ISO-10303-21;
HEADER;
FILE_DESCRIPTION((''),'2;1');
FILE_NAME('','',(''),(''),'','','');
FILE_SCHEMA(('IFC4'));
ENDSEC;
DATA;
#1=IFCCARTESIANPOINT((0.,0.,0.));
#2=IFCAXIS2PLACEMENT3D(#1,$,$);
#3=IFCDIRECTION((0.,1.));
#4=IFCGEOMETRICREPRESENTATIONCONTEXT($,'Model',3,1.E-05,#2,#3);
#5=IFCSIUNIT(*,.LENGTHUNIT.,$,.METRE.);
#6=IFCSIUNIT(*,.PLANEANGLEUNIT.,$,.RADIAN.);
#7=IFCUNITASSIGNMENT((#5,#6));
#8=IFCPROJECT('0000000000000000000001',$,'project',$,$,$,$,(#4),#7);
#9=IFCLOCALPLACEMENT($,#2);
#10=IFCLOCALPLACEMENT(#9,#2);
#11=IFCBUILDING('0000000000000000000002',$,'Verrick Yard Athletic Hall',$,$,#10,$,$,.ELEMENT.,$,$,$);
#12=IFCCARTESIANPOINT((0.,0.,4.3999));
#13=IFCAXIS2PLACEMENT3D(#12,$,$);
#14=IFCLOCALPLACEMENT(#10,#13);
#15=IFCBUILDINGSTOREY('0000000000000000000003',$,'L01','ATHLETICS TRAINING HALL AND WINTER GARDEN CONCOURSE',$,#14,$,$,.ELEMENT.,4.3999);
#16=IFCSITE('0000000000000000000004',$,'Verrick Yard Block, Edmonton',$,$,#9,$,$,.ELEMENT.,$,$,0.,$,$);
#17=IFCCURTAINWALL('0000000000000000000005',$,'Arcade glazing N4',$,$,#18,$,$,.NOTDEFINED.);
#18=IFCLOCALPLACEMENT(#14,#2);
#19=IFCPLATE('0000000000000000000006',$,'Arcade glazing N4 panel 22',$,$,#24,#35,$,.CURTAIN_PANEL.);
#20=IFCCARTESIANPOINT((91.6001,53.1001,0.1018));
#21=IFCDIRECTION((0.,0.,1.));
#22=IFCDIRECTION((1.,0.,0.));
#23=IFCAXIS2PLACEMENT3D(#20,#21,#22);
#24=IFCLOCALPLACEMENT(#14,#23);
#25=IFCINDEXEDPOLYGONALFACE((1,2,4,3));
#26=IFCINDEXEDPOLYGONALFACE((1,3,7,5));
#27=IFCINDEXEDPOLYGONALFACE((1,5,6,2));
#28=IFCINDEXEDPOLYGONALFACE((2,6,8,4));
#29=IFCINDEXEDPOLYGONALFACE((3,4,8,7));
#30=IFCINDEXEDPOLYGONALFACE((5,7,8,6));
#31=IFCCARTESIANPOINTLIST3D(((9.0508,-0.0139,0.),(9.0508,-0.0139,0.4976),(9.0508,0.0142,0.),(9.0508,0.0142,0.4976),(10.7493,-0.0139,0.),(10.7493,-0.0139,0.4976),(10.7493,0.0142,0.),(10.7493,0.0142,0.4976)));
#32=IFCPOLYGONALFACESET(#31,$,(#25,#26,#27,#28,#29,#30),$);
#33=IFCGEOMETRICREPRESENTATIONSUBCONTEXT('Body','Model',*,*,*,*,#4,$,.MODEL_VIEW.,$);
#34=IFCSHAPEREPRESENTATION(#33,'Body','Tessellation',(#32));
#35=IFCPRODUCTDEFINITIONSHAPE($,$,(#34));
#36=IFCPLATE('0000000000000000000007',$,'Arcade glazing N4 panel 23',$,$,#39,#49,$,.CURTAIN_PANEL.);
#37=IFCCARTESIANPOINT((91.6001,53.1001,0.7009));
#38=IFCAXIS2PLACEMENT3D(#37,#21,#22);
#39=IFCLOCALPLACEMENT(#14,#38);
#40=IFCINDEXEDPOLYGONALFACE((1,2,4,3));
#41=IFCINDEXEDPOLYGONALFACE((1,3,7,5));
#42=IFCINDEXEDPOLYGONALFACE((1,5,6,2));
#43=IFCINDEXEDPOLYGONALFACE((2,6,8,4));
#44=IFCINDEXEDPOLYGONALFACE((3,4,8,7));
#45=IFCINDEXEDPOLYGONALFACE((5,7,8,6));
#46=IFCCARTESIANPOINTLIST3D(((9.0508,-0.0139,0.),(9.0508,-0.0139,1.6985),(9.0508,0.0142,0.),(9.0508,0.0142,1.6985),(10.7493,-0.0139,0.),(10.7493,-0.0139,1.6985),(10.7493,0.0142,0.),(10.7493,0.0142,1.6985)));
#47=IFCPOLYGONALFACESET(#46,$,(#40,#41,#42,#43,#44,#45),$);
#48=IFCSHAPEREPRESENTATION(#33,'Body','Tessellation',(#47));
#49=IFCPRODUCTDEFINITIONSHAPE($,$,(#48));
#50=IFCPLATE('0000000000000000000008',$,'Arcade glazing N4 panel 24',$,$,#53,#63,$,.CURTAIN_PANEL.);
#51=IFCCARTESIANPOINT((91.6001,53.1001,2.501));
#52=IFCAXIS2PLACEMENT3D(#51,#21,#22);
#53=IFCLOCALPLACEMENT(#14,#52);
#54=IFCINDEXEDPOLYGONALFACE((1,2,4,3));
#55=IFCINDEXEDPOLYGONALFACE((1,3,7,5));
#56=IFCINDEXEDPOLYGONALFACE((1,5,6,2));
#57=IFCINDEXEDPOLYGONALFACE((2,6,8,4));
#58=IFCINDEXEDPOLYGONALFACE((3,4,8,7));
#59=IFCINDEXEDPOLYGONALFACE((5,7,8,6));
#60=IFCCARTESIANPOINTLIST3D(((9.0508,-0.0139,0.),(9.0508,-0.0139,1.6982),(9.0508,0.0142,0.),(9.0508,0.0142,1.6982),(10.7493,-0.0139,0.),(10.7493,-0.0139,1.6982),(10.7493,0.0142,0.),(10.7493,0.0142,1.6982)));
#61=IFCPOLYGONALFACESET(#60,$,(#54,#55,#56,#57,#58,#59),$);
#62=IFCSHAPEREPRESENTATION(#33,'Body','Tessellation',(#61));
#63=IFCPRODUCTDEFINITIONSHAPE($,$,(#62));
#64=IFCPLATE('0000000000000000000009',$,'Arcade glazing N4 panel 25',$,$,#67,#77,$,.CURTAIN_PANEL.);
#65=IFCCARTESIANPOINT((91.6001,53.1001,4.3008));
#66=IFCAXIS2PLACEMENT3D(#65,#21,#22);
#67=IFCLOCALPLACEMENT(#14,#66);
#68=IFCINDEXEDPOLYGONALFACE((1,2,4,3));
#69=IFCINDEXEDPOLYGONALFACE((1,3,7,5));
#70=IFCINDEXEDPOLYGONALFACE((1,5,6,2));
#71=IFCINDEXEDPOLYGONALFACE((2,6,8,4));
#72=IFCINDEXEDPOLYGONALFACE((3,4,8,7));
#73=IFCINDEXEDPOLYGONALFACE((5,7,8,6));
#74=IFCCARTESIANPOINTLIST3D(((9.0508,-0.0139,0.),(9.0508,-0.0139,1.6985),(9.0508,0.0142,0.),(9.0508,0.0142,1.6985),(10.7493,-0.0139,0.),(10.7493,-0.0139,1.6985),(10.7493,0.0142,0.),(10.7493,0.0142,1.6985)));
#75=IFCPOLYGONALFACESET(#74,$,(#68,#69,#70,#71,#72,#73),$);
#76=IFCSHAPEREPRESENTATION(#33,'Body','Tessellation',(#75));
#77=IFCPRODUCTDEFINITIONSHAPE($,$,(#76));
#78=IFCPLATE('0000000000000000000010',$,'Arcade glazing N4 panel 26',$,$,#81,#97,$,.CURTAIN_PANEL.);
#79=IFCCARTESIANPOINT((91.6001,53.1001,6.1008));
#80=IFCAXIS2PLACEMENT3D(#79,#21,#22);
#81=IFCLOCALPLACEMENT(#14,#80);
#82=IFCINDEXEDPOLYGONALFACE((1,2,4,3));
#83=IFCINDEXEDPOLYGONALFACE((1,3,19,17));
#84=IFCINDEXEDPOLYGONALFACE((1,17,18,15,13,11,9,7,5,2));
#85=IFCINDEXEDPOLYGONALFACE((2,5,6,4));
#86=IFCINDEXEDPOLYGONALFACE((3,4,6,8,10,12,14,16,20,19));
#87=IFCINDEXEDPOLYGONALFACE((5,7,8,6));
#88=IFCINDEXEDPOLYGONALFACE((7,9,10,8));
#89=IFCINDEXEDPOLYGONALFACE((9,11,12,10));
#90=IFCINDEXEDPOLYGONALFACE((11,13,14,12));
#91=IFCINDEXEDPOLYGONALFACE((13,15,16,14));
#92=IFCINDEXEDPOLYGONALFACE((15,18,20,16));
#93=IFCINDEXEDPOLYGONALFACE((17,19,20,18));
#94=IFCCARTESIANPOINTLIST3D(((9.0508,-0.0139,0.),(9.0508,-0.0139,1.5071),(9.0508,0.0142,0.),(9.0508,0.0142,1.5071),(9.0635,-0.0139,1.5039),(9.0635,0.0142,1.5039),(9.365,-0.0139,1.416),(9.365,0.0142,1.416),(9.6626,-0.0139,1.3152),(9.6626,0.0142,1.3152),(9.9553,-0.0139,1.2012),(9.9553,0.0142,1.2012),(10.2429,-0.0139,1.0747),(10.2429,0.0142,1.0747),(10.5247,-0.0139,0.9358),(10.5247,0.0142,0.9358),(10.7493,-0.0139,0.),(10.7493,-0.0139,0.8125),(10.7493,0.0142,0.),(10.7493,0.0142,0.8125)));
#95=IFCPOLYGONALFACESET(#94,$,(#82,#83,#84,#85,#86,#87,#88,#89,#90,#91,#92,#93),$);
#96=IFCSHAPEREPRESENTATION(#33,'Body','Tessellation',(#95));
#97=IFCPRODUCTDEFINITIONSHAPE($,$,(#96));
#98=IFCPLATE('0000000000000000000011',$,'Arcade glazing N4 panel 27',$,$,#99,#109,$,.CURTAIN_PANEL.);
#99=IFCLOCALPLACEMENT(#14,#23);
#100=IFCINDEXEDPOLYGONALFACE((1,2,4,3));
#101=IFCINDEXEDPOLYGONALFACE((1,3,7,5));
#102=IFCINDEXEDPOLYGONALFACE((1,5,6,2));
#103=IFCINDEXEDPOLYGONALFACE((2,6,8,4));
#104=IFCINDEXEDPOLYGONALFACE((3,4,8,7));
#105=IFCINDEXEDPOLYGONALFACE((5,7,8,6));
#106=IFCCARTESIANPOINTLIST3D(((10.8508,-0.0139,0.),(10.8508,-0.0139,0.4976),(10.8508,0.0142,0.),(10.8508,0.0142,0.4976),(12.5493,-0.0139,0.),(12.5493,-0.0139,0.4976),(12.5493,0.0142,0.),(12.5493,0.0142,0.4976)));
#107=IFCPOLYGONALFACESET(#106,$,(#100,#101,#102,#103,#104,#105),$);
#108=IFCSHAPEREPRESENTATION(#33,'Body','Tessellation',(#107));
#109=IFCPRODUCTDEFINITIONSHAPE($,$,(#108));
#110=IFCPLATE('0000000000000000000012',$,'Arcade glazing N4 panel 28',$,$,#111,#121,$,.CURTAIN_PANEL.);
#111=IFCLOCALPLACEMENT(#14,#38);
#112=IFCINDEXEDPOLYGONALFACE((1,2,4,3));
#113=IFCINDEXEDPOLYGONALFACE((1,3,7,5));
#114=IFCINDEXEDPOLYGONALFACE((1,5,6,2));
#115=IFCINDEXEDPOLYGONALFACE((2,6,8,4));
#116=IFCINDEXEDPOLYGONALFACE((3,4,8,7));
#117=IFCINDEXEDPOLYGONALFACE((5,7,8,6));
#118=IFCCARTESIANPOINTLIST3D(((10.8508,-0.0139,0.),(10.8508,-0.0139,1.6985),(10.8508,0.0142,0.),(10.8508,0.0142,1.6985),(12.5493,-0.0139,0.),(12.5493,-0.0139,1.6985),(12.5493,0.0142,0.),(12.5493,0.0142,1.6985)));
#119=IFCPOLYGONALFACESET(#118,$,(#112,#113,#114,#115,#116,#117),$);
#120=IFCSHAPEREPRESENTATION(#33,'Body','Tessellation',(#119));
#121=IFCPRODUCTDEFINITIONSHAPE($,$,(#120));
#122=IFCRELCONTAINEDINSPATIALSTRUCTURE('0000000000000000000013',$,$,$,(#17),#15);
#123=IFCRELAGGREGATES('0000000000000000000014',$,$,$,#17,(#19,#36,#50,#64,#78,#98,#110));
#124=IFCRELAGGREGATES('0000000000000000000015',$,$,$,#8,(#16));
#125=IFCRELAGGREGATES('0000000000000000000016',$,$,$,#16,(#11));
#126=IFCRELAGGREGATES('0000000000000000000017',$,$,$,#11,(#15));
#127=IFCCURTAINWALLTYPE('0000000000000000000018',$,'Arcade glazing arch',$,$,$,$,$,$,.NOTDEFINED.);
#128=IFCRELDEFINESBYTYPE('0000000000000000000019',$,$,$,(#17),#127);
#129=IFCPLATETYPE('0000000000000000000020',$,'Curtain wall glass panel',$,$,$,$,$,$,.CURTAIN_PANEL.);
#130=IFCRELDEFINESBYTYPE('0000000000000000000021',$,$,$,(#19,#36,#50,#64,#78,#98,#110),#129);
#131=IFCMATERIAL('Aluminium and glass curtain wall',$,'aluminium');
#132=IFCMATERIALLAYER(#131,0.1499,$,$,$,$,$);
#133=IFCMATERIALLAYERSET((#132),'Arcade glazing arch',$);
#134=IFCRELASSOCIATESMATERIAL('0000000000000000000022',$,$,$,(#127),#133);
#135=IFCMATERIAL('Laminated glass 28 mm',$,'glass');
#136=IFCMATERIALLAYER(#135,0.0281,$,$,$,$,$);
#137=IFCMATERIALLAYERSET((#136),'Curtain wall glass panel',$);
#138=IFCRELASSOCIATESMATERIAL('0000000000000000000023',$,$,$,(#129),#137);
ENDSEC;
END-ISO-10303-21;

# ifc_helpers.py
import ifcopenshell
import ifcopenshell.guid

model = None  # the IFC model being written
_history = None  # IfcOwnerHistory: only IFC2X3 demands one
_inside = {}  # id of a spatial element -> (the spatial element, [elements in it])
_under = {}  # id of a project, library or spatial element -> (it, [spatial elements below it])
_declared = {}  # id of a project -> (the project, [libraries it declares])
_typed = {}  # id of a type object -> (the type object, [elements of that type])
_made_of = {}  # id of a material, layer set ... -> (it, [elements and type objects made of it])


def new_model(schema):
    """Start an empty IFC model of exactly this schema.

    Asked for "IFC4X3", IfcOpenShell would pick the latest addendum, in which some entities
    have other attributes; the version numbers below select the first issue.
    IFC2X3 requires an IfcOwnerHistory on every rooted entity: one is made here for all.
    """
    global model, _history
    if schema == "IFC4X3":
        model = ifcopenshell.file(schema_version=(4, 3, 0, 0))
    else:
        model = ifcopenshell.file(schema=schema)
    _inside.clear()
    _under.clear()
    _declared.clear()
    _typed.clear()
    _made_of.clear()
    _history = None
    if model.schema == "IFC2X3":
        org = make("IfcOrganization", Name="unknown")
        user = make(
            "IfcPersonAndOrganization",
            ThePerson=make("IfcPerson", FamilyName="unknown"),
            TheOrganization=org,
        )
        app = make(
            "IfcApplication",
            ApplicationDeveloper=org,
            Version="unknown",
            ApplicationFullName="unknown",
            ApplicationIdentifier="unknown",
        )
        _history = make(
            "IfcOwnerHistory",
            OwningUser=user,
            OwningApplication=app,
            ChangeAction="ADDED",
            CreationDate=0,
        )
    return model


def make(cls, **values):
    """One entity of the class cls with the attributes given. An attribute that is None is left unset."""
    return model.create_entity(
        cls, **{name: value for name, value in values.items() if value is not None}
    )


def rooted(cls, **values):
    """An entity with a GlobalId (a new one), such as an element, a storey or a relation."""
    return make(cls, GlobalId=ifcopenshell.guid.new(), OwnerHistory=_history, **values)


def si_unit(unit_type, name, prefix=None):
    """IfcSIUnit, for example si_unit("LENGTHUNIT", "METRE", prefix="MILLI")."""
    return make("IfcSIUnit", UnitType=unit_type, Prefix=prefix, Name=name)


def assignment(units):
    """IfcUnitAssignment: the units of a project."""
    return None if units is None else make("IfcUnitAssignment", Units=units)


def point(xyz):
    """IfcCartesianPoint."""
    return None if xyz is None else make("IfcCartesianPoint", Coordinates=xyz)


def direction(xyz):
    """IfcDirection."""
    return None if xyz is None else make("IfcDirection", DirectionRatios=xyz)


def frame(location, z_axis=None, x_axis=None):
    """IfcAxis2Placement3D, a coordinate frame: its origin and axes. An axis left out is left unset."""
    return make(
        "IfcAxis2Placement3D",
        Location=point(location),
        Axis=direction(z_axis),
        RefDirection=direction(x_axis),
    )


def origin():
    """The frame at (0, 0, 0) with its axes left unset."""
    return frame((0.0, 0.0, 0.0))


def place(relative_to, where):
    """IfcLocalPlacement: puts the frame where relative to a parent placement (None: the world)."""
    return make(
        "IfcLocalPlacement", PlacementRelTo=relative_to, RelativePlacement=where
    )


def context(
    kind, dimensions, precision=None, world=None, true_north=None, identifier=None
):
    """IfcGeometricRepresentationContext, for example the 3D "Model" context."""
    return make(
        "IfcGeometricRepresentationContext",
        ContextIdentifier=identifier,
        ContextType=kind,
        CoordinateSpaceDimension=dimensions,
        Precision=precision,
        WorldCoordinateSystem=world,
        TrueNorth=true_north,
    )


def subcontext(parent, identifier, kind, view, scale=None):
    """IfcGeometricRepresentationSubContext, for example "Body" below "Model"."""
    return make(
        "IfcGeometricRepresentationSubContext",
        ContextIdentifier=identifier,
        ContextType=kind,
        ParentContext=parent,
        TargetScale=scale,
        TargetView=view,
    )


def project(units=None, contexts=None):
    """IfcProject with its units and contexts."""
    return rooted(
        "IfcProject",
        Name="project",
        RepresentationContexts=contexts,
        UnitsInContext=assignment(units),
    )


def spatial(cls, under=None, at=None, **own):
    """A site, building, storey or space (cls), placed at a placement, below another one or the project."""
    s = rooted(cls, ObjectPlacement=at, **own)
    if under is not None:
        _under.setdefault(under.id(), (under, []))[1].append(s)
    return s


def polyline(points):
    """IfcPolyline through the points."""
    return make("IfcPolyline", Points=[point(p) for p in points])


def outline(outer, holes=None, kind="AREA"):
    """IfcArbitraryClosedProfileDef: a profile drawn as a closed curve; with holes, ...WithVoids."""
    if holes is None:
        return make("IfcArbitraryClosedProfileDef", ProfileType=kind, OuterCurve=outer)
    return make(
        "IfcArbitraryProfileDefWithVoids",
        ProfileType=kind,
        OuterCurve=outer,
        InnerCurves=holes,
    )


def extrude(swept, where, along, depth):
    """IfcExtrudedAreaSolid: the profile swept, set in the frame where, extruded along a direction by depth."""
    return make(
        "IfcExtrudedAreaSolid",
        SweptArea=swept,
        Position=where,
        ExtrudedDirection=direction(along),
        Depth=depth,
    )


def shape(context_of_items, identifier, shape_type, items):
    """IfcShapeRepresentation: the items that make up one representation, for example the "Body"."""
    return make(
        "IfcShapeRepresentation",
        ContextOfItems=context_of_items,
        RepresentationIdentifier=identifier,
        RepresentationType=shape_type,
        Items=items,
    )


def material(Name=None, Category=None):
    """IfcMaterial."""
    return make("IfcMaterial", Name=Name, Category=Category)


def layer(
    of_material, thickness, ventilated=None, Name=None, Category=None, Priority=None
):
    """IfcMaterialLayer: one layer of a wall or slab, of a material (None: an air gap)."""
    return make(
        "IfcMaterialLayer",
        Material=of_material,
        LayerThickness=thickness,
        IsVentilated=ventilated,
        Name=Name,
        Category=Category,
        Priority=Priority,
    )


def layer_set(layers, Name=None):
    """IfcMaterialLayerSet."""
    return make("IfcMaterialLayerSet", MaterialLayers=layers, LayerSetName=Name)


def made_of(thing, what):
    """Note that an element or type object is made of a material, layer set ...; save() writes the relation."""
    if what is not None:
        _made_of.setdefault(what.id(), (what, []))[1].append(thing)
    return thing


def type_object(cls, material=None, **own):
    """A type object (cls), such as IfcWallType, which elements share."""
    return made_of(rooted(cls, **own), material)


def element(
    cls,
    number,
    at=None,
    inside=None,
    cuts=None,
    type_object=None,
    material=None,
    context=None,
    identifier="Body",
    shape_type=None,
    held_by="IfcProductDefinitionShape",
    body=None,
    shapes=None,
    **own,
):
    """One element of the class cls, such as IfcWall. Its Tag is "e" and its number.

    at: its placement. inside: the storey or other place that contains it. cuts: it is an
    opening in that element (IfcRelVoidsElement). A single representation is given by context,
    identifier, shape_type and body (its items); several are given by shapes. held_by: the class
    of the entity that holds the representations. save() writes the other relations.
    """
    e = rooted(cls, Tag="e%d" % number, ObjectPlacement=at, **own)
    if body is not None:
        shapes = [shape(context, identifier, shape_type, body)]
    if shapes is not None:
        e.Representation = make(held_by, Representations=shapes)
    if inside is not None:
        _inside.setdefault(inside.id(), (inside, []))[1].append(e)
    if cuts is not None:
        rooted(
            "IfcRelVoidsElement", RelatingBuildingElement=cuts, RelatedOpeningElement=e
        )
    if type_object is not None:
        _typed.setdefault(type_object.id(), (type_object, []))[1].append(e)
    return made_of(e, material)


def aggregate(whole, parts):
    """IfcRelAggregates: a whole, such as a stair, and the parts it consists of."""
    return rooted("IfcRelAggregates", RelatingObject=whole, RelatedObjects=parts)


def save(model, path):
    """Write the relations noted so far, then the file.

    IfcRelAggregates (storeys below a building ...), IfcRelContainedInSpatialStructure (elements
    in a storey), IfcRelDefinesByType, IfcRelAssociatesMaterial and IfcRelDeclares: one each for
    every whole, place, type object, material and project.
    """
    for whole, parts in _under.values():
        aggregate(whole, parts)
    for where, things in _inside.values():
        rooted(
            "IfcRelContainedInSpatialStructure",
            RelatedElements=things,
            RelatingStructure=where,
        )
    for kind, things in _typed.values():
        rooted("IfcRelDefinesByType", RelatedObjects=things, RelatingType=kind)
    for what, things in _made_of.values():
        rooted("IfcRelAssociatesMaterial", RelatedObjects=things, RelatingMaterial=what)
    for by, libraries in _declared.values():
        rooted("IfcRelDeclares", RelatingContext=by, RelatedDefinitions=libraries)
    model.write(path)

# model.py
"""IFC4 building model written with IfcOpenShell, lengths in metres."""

from ifc_helpers import new_model, si_unit, direction, frame, origin, place, context, subcontext, project, spatial, polyline, outline, extrude, material, layer, layer_set, type_object, element, aggregate, save


model = new_model("IFC4")

# Units and contexts
model_context = context("Model", 3, precision=1e-05, world=origin(), true_north=direction((0.0, 1.0)))
body_context = subcontext(model_context, "Body", "Model", "MODEL_VIEW")
ifc_project = project(units=[si_unit("LENGTHUNIT", "METRE"), si_unit("PLANEANGLEUNIT", "RADIAN")], contexts=[model_context])

# Site, building, storey
site_placement = place(None, origin())
site = spatial("IfcSite", under=ifc_project, at=site_placement, Name="Verrick Yard Block, Edmonton", CompositionType="ELEMENT", RefElevation=0.0)
building_placement = place(site_placement, origin())
building = spatial("IfcBuilding", under=site, at=building_placement, Name="Verrick Yard Athletic Hall", CompositionType="ELEMENT")
storey_placement = place(building_placement, frame((0.0, 0.0, 4.3999)))
storey = spatial("IfcBuildingStorey", under=building, at=storey_placement, Name="L01", Description="ATHLETICS TRAINING HALL AND WINTER GARDEN CONCOURSE", CompositionType="ELEMENT", Elevation=4.3999)

# Curtain wall, plates
ifc_material_1 = material(Name="Aluminium and glass curtain wall", Category="aluminium")
ifc_layer_1 = layer(ifc_material_1, 0.1499)
ifc_layer_set_1 = layer_set([ifc_layer_1], Name="Arcade glazing arch")
curtain_wall_type = type_object("IfcCurtainWallType", Name="Arcade glazing arch", PredefinedType="NOTDEFINED", material=ifc_layer_set_1)
curtain_wall_placement = place(storey_placement, origin())
curtain_wall = element("IfcCurtainWall", 1, at=curtain_wall_placement, inside=storey, type_object=curtain_wall_type, Name="Arcade glazing N4", PredefinedType="NOTDEFINED")
ifc_material_2 = material(Name="Laminated glass 28 mm", Category="glass")
ifc_layer_2 = layer(ifc_material_2, 0.0281)
ifc_layer_set_2 = layer_set([ifc_layer_2], Name="Curtain wall glass panel")
plate_type = type_object("IfcPlateType", Name="Curtain wall glass panel", PredefinedType="CURTAIN_PANEL", material=ifc_layer_set_2)
plate_1_placement = place(storey_placement, frame((91.6001, 53.1001, 0.1018), z_axis=(0.0, 0.0, 1.0), x_axis=(1.0, 0.0, 0.0)))
plate_1 = element("IfcPlate", 2, at=plate_1_placement, type_object=plate_type, Name="Arcade glazing N4 panel 22", PredefinedType="CURTAIN_PANEL", context=body_context, shape_type="SweptSolid", body=[
    extrude(outline(polyline([(10.7493, 0.0), (10.7493, 0.4976), (9.0508, 0.4976), (9.0508, 0.0), (10.7493, 0.0)])), frame((0.0, 0.0142, 0.0), z_axis=(0.0, -1.0, 0.0), x_axis=(1.0, 0.0, 0.0)), (0.0, 0.0, 1.0), 0.0281),
])
plate_2_placement = place(storey_placement, frame((91.6001, 53.1001, 0.7009), z_axis=(0.0, 0.0, 1.0), x_axis=(1.0, 0.0, 0.0)))
plate_2 = element("IfcPlate", 3, at=plate_2_placement, type_object=plate_type, Name="Arcade glazing N4 panel 23", PredefinedType="CURTAIN_PANEL", context=body_context, shape_type="SweptSolid", body=[
    extrude(outline(polyline([(10.7493, 0.0), (10.7493, 1.6985), (9.0508, 1.6985), (9.0508, 0.0), (10.7493, 0.0)])), frame((0.0, 0.0142, 0.0), z_axis=(0.0, -1.0, 0.0), x_axis=(1.0, 0.0, 0.0)), (0.0, 0.0, 1.0), 0.0281),
])
plate_3_placement = place(storey_placement, frame((91.6001, 53.1001, 2.501), z_axis=(0.0, 0.0, 1.0), x_axis=(1.0, 0.0, 0.0)))
plate_3 = element("IfcPlate", 4, at=plate_3_placement, type_object=plate_type, Name="Arcade glazing N4 panel 24", PredefinedType="CURTAIN_PANEL", context=body_context, shape_type="SweptSolid", body=[
    extrude(outline(polyline([(10.7493, 0.0), (10.7493, 1.6982), (9.0508, 1.6982), (9.0508, 0.0), (10.7493, 0.0)])), frame((0.0, 0.0142, 0.0), z_axis=(0.0, -1.0, 0.0), x_axis=(1.0, 0.0, 0.0)), (0.0, 0.0, 1.0), 0.0281),
])
plate_4_placement = place(storey_placement, frame((91.6001, 53.1001, 4.3008), z_axis=(0.0, 0.0, 1.0), x_axis=(1.0, 0.0, 0.0)))
plate_4 = element("IfcPlate", 5, at=plate_4_placement, type_object=plate_type, Name="Arcade glazing N4 panel 25", PredefinedType="CURTAIN_PANEL", context=body_context, shape_type="SweptSolid", body=[
    extrude(outline(polyline([(10.7493, 0.0), (10.7493, 1.6985), (9.0508, 1.6985), (9.0508, 0.0), (10.7493, 0.0)])), frame((0.0, 0.0142, 0.0), z_axis=(0.0, -1.0, 0.0), x_axis=(1.0, 0.0, 0.0)), (0.0, 0.0, 1.0), 0.0281),
])
plate_5_placement = place(storey_placement, frame((91.6001, 53.1001, 6.1008), z_axis=(0.0, 0.0, 1.0), x_axis=(1.0, 0.0, 0.0)))
plate_5 = element("IfcPlate", 6, at=plate_5_placement, type_object=plate_type, Name="Arcade glazing N4 panel 26", PredefinedType="CURTAIN_PANEL", context=body_context, shape_type="SweptSolid", body=[
    extrude(outline(polyline([(10.7493, 0.8125), (10.5247, 0.9358), (10.2429, 1.0747), (9.9553, 1.2012), (9.6626, 1.3152), (9.365, 1.416), (9.0635, 1.5039), (9.0508, 1.5071), (9.0508, 0.0), (10.7493, 0.0), (10.7493, 0.8125)])), frame((0.0, 0.0142, 0.0), z_axis=(0.0, -1.0, 0.0), x_axis=(1.0, 0.0, 0.0)), (0.0, 0.0, 1.0), 0.0281),
])
plate_6_placement = place(storey_placement, frame((91.6001, 53.1001, 0.1018), z_axis=(0.0, 0.0, 1.0), x_axis=(1.0, 0.0, 0.0)))
plate_6 = element("IfcPlate", 7, at=plate_6_placement, type_object=plate_type, Name="Arcade glazing N4 panel 27", PredefinedType="CURTAIN_PANEL", context=body_context, shape_type="SweptSolid", body=[
    extrude(outline(polyline([(12.5493, 0.0), (12.5493, 0.4976), (10.8508, 0.4976), (10.8508, 0.0), (12.5493, 0.0)])), frame((0.0, 0.0142, 0.0), z_axis=(0.0, -1.0, 0.0), x_axis=(1.0, 0.0, 0.0)), (0.0, 0.0, 1.0), 0.0281),
])
plate_7_placement = place(storey_placement, frame((91.6001, 53.1001, 0.7009), z_axis=(0.0, 0.0, 1.0), x_axis=(1.0, 0.0, 0.0)))
plate_7 = element("IfcPlate", 8, at=plate_7_placement, type_object=plate_type, Name="Arcade glazing N4 panel 28", PredefinedType="CURTAIN_PANEL", context=body_context, shape_type="SweptSolid", body=[
    extrude(outline(polyline([(12.5493, 0.0), (12.5493, 1.6985), (10.8508, 1.6985), (10.8508, 0.0), (12.5493, 0.0)])), frame((0.0, 0.0142, 0.0), z_axis=(0.0, -1.0, 0.0), x_axis=(1.0, 0.0, 0.0)), (0.0, 0.0, 1.0), 0.0281),
])
aggregate(curtain_wall, [plate_1, plate_2, plate_3, plate_4, plate_5, plate_6, plate_7])

save(model, "model.ifc")
